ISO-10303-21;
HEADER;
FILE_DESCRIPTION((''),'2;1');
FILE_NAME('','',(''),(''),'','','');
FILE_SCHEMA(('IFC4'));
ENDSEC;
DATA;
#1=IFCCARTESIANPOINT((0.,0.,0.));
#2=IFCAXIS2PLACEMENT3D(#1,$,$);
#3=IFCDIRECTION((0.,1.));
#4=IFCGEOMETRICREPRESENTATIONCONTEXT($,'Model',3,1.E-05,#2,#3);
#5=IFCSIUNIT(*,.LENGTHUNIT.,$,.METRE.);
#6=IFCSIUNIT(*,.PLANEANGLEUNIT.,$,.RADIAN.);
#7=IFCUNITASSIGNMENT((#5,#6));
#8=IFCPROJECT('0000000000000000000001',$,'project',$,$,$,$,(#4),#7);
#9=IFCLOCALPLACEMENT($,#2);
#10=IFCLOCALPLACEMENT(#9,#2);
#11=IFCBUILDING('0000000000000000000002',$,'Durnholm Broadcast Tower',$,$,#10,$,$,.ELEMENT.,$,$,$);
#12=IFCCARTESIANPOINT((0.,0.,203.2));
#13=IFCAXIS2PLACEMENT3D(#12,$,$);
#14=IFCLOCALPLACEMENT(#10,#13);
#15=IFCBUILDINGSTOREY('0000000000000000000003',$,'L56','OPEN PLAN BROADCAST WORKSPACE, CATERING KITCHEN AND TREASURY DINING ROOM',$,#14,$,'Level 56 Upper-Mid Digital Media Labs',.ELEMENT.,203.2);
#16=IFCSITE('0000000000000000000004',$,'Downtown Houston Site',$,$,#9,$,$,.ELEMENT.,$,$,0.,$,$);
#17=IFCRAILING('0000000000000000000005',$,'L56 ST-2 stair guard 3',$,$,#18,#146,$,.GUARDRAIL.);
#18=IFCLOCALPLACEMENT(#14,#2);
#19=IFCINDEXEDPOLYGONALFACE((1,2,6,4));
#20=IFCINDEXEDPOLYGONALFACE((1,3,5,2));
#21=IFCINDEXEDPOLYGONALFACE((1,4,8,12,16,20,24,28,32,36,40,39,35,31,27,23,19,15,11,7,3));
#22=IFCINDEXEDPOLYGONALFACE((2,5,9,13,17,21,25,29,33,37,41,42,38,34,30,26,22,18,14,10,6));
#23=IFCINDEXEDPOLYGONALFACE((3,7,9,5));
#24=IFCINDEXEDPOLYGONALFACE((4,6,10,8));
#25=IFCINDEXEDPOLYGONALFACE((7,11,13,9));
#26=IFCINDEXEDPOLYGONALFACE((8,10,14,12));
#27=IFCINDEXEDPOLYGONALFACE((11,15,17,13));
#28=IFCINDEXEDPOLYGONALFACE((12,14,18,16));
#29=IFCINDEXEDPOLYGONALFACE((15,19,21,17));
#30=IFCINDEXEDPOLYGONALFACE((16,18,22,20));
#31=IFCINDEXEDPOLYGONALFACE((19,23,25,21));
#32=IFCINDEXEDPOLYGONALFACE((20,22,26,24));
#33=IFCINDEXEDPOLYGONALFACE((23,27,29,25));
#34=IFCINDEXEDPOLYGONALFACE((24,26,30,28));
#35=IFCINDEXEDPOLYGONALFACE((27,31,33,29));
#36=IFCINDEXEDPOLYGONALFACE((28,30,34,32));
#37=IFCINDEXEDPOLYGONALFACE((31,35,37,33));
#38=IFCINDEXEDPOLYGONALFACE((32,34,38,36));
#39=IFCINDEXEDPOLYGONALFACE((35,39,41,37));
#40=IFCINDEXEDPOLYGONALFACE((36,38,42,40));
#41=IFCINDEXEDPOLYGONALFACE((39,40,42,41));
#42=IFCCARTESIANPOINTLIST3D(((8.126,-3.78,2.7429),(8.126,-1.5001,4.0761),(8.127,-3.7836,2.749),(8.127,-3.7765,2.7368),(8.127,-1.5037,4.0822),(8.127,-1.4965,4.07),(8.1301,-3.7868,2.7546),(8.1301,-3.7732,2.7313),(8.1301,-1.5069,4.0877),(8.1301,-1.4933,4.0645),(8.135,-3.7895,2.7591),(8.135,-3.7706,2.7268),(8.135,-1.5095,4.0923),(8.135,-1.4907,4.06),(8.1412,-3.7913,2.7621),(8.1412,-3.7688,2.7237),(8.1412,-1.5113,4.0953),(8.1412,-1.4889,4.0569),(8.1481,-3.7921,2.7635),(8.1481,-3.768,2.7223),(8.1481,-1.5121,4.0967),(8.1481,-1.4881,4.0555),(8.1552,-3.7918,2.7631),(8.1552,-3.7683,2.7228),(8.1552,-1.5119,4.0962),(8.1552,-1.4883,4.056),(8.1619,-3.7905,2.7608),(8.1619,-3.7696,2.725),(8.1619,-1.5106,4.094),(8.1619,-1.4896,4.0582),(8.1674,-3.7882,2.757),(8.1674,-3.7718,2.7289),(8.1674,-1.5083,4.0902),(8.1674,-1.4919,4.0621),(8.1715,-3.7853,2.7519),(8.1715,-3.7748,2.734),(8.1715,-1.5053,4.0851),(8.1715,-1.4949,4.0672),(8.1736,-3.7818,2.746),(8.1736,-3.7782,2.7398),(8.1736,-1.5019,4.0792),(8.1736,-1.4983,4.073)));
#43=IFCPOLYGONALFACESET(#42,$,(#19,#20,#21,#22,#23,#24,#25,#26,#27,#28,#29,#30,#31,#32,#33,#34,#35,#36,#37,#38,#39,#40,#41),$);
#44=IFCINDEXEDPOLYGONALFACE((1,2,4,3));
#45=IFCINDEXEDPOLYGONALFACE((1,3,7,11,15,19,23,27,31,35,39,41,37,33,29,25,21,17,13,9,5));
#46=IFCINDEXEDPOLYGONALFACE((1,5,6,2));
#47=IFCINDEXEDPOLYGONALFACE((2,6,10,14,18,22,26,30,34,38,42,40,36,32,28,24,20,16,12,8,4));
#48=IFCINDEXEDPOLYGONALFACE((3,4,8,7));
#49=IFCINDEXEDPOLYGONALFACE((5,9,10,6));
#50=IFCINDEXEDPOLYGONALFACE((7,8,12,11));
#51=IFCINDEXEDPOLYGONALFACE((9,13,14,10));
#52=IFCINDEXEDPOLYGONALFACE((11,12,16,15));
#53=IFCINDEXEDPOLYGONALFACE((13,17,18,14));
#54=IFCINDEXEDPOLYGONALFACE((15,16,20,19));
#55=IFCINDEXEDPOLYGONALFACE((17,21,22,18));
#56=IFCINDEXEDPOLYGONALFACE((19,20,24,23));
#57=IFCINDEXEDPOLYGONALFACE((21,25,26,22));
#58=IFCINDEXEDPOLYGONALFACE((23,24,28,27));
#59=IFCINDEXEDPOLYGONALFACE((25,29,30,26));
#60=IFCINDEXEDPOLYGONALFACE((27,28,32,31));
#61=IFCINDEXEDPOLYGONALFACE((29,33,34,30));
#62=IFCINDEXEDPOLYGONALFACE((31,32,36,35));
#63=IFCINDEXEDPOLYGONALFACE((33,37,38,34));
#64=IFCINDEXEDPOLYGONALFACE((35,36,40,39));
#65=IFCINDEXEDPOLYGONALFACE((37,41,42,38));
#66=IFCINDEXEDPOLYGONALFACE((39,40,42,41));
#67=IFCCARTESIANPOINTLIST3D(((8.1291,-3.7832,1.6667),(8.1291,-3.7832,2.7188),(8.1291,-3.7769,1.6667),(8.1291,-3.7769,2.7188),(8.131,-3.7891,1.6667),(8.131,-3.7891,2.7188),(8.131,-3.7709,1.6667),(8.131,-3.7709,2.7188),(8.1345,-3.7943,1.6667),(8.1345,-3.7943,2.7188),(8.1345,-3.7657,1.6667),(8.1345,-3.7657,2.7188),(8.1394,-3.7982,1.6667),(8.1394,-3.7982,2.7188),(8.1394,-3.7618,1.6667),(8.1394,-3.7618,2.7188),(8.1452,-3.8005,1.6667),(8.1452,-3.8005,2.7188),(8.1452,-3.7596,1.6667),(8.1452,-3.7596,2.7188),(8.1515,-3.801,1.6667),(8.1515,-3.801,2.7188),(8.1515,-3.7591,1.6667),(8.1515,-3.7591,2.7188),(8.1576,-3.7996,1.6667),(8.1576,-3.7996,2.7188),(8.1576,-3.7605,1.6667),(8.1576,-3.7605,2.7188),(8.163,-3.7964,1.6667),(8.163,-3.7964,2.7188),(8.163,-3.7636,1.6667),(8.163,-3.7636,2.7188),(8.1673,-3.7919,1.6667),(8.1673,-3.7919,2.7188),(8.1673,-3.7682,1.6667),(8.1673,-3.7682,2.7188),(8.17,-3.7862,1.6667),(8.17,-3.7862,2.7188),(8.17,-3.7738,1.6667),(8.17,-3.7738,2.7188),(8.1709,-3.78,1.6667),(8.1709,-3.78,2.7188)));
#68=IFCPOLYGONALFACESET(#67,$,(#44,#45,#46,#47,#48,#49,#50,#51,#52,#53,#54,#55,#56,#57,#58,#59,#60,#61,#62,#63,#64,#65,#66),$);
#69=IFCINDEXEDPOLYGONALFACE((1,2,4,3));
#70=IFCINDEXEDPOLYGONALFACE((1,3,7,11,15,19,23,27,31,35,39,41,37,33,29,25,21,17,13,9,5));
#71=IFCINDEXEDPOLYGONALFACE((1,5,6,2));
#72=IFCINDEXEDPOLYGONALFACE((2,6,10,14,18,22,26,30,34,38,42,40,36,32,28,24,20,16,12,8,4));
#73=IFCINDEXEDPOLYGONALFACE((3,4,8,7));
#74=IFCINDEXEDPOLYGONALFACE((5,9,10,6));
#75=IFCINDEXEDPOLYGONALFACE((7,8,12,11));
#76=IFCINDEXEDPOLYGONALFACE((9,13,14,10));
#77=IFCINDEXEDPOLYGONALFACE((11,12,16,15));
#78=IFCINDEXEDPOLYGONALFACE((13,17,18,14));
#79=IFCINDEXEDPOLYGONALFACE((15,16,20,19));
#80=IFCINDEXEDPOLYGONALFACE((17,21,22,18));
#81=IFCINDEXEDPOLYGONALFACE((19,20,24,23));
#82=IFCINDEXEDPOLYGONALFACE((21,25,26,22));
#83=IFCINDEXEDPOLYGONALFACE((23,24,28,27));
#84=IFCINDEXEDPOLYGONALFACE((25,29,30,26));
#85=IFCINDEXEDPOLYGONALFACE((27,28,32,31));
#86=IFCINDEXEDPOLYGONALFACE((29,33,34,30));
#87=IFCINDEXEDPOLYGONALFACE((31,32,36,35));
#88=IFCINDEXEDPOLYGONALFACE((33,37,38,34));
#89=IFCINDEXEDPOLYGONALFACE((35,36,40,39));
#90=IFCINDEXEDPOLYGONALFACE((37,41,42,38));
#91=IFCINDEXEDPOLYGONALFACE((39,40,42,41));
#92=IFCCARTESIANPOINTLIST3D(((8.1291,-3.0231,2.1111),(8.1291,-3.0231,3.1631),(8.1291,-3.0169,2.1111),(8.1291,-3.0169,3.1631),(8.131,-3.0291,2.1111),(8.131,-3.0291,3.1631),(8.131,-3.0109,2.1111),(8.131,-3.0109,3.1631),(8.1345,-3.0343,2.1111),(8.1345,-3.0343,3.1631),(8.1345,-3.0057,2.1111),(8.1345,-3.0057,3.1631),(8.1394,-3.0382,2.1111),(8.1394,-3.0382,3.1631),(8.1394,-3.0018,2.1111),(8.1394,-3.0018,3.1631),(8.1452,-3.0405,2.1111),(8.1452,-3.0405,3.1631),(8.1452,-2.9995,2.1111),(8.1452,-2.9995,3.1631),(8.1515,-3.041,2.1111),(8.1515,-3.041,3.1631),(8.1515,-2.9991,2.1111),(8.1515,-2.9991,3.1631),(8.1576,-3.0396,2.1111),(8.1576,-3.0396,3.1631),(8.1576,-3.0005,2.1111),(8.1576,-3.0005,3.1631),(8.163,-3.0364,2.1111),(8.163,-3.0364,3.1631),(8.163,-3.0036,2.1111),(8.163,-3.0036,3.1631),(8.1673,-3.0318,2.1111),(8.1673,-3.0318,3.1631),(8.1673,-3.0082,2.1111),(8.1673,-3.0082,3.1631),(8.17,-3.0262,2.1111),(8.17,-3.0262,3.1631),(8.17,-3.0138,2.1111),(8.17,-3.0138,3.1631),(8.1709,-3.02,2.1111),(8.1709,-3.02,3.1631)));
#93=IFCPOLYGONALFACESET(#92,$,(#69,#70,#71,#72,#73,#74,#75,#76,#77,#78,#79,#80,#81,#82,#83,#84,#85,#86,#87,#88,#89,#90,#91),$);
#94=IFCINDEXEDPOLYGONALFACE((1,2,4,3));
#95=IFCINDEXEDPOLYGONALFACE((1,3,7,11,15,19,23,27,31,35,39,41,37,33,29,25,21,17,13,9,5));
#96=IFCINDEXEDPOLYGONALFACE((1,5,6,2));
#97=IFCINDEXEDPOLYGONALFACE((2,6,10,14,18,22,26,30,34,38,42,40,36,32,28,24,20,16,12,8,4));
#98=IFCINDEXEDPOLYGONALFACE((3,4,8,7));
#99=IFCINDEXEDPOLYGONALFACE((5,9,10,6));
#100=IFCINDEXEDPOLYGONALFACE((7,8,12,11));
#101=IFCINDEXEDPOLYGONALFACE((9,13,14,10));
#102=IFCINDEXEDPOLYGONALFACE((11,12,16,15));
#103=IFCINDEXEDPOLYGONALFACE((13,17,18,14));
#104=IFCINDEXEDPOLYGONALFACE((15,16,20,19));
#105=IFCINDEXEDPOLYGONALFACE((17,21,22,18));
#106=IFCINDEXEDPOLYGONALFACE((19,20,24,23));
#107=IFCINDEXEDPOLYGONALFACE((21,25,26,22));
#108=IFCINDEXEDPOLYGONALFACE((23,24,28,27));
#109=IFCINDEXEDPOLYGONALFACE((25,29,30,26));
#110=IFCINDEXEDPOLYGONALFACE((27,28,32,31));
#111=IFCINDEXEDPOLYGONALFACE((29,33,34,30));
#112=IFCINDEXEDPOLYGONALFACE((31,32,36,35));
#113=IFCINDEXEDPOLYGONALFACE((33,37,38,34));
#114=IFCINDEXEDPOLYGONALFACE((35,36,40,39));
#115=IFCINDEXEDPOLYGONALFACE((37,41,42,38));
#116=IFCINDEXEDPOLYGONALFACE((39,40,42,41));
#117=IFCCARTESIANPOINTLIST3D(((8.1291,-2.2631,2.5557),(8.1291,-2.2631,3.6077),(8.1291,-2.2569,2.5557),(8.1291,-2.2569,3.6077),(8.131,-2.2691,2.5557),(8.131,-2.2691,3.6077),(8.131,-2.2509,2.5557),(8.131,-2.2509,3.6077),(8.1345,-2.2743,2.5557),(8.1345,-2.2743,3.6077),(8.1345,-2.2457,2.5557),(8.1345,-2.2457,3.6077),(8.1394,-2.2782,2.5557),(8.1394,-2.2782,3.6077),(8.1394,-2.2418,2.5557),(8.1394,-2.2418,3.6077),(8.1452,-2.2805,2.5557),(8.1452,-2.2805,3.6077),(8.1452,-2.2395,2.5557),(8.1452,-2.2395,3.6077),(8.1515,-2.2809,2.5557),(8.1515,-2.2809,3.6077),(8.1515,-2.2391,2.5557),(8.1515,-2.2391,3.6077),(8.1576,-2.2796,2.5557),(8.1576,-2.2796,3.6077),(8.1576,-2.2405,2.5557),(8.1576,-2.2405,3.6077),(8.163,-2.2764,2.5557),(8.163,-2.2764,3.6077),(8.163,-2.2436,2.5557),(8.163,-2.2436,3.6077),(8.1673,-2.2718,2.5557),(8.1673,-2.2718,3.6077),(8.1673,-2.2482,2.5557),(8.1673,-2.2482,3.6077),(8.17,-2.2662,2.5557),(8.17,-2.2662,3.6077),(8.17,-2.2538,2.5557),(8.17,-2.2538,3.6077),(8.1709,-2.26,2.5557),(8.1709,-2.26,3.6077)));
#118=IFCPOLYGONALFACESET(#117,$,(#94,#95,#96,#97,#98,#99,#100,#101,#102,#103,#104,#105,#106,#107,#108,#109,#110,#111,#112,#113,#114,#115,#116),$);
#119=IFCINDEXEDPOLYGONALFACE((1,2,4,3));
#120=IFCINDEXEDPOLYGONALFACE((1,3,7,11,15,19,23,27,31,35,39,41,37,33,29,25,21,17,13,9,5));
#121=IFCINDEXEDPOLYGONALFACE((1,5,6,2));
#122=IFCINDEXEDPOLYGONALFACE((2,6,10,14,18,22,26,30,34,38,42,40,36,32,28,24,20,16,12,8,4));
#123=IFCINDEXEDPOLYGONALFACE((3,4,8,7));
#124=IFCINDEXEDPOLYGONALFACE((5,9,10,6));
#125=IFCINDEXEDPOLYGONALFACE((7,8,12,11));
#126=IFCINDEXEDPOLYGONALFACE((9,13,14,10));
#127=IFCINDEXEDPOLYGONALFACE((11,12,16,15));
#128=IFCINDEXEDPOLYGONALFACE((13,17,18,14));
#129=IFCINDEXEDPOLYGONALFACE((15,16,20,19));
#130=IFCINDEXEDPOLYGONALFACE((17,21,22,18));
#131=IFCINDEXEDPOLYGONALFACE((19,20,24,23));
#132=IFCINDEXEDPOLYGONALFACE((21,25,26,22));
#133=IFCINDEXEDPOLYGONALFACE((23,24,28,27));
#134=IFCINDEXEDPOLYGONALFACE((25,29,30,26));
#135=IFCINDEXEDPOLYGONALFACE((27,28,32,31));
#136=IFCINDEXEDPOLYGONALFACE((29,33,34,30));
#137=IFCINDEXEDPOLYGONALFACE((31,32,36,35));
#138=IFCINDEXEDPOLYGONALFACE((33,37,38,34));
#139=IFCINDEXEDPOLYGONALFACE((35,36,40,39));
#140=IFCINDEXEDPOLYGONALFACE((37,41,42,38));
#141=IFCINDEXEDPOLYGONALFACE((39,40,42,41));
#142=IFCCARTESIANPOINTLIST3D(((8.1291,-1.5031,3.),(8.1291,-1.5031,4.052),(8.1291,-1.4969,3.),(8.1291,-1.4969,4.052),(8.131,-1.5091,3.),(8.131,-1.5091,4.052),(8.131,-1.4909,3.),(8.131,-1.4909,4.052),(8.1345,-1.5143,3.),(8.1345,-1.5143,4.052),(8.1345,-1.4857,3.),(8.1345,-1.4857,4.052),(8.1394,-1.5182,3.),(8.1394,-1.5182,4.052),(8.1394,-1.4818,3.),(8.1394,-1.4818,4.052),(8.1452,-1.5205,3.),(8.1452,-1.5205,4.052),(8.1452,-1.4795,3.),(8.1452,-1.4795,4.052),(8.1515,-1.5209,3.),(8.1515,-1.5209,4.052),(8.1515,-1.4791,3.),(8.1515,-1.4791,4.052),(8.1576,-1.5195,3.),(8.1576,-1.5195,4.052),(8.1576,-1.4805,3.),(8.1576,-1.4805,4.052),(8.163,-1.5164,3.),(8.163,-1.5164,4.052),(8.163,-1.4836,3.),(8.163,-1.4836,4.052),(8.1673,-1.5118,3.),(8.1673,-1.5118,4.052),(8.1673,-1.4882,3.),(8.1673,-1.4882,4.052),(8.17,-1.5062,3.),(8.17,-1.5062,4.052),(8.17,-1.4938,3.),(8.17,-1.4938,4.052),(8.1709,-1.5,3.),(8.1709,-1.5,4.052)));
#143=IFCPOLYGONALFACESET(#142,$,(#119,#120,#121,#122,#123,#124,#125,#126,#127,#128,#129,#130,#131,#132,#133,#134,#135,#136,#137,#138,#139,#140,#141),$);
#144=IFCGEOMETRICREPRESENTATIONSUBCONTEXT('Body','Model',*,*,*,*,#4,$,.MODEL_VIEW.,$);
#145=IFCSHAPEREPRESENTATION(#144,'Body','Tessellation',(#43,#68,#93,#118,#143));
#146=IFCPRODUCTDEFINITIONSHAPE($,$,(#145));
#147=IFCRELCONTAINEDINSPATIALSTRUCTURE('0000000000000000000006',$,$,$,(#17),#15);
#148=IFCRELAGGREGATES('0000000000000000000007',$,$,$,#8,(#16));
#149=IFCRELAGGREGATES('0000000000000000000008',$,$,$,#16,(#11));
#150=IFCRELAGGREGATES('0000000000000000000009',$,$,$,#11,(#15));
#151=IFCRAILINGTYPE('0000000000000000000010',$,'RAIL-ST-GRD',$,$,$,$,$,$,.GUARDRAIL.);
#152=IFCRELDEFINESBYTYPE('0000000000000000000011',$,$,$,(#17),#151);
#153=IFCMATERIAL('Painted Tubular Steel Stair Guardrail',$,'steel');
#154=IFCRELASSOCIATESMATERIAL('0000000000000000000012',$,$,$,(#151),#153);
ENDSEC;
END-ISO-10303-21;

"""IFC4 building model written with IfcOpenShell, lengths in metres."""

from ifc_helpers import new_model, si_unit, direction, frame, origin, origin_2d, place, context, subcontext, project, spatial, circle, extrude, material, type_object, element, save


model = new_model("IFC4")

# Units and contexts
model_context = context("Model", 3, precision=1e-05, world=origin(), true_north=direction((0.0, 1.0)))
body_context = subcontext(model_context, "Body", "Model", "MODEL_VIEW")
ifc_project = project(units=[si_unit("LENGTHUNIT", "METRE"), si_unit("PLANEANGLEUNIT", "RADIAN")], contexts=[model_context])

# Site, building, storey
site_placement = place(None, origin())
site = spatial("IfcSite", under=ifc_project, at=site_placement, Name="Downtown Houston Site", CompositionType="ELEMENT", RefElevation=0.0)
building_placement = place(site_placement, origin())
building = spatial("IfcBuilding", under=site, at=building_placement, Name="Durnholm Broadcast Tower", CompositionType="ELEMENT")
storey_placement = place(building_placement, frame((0.0, 0.0, 203.2)))
storey = spatial("IfcBuildingStorey", under=building, at=storey_placement, Name="L56", Description="OPEN PLAN BROADCAST WORKSPACE, CATERING KITCHEN AND TREASURY DINING ROOM", LongName="Level 56 Upper-Mid Digital Media Labs", CompositionType="ELEMENT", Elevation=203.2)

# Railing
ifc_material_1 = material(Name="Painted Tubular Steel Stair Guardrail", Category="steel")
railing_type_1 = type_object("IfcRailingType", Name="RAIL-ST-GRD", PredefinedType="GUARDRAIL", material=ifc_material_1)
railing_1_placement = place(storey_placement, frame((8.1499, -3.78, 1.6667)))
element("IfcRailing", 1, at=railing_1_placement, inside=storey, type_object=railing_type_1, Name="L56 ST-2 stair guard 3", PredefinedType="GUARDRAIL", context=body_context, shape_type="SweptSolid", body=[
    extrude(circle(Radius=0.0239, at=origin_2d()), frame((0.0, 0.0, 1.0762), z_axis=(0.0, 0.863245, 0.504785), x_axis=(-1.0, 0.0, 0.0)), (0.0, 0.0, 1.0), 2.6411),
    extrude(circle(Radius=0.021, at=origin_2d()), origin(), (0.0, 0.0, 1.0), 1.052),
    extrude(circle(Radius=0.021, at=origin_2d()), frame((0.0, 0.76, 0.4443)), (0.0, 0.0, 1.0), 1.052),
    extrude(circle(Radius=0.021, at=origin_2d()), frame((0.0, 1.52, 0.8889)), (0.0, 0.0, 1.0), 1.052),
    extrude(circle(Radius=0.021, at=origin_2d()), frame((0.0, 2.28, 1.3333)), (0.0, 0.0, 1.0), 1.052),
])

save(model, "model.ifc")
